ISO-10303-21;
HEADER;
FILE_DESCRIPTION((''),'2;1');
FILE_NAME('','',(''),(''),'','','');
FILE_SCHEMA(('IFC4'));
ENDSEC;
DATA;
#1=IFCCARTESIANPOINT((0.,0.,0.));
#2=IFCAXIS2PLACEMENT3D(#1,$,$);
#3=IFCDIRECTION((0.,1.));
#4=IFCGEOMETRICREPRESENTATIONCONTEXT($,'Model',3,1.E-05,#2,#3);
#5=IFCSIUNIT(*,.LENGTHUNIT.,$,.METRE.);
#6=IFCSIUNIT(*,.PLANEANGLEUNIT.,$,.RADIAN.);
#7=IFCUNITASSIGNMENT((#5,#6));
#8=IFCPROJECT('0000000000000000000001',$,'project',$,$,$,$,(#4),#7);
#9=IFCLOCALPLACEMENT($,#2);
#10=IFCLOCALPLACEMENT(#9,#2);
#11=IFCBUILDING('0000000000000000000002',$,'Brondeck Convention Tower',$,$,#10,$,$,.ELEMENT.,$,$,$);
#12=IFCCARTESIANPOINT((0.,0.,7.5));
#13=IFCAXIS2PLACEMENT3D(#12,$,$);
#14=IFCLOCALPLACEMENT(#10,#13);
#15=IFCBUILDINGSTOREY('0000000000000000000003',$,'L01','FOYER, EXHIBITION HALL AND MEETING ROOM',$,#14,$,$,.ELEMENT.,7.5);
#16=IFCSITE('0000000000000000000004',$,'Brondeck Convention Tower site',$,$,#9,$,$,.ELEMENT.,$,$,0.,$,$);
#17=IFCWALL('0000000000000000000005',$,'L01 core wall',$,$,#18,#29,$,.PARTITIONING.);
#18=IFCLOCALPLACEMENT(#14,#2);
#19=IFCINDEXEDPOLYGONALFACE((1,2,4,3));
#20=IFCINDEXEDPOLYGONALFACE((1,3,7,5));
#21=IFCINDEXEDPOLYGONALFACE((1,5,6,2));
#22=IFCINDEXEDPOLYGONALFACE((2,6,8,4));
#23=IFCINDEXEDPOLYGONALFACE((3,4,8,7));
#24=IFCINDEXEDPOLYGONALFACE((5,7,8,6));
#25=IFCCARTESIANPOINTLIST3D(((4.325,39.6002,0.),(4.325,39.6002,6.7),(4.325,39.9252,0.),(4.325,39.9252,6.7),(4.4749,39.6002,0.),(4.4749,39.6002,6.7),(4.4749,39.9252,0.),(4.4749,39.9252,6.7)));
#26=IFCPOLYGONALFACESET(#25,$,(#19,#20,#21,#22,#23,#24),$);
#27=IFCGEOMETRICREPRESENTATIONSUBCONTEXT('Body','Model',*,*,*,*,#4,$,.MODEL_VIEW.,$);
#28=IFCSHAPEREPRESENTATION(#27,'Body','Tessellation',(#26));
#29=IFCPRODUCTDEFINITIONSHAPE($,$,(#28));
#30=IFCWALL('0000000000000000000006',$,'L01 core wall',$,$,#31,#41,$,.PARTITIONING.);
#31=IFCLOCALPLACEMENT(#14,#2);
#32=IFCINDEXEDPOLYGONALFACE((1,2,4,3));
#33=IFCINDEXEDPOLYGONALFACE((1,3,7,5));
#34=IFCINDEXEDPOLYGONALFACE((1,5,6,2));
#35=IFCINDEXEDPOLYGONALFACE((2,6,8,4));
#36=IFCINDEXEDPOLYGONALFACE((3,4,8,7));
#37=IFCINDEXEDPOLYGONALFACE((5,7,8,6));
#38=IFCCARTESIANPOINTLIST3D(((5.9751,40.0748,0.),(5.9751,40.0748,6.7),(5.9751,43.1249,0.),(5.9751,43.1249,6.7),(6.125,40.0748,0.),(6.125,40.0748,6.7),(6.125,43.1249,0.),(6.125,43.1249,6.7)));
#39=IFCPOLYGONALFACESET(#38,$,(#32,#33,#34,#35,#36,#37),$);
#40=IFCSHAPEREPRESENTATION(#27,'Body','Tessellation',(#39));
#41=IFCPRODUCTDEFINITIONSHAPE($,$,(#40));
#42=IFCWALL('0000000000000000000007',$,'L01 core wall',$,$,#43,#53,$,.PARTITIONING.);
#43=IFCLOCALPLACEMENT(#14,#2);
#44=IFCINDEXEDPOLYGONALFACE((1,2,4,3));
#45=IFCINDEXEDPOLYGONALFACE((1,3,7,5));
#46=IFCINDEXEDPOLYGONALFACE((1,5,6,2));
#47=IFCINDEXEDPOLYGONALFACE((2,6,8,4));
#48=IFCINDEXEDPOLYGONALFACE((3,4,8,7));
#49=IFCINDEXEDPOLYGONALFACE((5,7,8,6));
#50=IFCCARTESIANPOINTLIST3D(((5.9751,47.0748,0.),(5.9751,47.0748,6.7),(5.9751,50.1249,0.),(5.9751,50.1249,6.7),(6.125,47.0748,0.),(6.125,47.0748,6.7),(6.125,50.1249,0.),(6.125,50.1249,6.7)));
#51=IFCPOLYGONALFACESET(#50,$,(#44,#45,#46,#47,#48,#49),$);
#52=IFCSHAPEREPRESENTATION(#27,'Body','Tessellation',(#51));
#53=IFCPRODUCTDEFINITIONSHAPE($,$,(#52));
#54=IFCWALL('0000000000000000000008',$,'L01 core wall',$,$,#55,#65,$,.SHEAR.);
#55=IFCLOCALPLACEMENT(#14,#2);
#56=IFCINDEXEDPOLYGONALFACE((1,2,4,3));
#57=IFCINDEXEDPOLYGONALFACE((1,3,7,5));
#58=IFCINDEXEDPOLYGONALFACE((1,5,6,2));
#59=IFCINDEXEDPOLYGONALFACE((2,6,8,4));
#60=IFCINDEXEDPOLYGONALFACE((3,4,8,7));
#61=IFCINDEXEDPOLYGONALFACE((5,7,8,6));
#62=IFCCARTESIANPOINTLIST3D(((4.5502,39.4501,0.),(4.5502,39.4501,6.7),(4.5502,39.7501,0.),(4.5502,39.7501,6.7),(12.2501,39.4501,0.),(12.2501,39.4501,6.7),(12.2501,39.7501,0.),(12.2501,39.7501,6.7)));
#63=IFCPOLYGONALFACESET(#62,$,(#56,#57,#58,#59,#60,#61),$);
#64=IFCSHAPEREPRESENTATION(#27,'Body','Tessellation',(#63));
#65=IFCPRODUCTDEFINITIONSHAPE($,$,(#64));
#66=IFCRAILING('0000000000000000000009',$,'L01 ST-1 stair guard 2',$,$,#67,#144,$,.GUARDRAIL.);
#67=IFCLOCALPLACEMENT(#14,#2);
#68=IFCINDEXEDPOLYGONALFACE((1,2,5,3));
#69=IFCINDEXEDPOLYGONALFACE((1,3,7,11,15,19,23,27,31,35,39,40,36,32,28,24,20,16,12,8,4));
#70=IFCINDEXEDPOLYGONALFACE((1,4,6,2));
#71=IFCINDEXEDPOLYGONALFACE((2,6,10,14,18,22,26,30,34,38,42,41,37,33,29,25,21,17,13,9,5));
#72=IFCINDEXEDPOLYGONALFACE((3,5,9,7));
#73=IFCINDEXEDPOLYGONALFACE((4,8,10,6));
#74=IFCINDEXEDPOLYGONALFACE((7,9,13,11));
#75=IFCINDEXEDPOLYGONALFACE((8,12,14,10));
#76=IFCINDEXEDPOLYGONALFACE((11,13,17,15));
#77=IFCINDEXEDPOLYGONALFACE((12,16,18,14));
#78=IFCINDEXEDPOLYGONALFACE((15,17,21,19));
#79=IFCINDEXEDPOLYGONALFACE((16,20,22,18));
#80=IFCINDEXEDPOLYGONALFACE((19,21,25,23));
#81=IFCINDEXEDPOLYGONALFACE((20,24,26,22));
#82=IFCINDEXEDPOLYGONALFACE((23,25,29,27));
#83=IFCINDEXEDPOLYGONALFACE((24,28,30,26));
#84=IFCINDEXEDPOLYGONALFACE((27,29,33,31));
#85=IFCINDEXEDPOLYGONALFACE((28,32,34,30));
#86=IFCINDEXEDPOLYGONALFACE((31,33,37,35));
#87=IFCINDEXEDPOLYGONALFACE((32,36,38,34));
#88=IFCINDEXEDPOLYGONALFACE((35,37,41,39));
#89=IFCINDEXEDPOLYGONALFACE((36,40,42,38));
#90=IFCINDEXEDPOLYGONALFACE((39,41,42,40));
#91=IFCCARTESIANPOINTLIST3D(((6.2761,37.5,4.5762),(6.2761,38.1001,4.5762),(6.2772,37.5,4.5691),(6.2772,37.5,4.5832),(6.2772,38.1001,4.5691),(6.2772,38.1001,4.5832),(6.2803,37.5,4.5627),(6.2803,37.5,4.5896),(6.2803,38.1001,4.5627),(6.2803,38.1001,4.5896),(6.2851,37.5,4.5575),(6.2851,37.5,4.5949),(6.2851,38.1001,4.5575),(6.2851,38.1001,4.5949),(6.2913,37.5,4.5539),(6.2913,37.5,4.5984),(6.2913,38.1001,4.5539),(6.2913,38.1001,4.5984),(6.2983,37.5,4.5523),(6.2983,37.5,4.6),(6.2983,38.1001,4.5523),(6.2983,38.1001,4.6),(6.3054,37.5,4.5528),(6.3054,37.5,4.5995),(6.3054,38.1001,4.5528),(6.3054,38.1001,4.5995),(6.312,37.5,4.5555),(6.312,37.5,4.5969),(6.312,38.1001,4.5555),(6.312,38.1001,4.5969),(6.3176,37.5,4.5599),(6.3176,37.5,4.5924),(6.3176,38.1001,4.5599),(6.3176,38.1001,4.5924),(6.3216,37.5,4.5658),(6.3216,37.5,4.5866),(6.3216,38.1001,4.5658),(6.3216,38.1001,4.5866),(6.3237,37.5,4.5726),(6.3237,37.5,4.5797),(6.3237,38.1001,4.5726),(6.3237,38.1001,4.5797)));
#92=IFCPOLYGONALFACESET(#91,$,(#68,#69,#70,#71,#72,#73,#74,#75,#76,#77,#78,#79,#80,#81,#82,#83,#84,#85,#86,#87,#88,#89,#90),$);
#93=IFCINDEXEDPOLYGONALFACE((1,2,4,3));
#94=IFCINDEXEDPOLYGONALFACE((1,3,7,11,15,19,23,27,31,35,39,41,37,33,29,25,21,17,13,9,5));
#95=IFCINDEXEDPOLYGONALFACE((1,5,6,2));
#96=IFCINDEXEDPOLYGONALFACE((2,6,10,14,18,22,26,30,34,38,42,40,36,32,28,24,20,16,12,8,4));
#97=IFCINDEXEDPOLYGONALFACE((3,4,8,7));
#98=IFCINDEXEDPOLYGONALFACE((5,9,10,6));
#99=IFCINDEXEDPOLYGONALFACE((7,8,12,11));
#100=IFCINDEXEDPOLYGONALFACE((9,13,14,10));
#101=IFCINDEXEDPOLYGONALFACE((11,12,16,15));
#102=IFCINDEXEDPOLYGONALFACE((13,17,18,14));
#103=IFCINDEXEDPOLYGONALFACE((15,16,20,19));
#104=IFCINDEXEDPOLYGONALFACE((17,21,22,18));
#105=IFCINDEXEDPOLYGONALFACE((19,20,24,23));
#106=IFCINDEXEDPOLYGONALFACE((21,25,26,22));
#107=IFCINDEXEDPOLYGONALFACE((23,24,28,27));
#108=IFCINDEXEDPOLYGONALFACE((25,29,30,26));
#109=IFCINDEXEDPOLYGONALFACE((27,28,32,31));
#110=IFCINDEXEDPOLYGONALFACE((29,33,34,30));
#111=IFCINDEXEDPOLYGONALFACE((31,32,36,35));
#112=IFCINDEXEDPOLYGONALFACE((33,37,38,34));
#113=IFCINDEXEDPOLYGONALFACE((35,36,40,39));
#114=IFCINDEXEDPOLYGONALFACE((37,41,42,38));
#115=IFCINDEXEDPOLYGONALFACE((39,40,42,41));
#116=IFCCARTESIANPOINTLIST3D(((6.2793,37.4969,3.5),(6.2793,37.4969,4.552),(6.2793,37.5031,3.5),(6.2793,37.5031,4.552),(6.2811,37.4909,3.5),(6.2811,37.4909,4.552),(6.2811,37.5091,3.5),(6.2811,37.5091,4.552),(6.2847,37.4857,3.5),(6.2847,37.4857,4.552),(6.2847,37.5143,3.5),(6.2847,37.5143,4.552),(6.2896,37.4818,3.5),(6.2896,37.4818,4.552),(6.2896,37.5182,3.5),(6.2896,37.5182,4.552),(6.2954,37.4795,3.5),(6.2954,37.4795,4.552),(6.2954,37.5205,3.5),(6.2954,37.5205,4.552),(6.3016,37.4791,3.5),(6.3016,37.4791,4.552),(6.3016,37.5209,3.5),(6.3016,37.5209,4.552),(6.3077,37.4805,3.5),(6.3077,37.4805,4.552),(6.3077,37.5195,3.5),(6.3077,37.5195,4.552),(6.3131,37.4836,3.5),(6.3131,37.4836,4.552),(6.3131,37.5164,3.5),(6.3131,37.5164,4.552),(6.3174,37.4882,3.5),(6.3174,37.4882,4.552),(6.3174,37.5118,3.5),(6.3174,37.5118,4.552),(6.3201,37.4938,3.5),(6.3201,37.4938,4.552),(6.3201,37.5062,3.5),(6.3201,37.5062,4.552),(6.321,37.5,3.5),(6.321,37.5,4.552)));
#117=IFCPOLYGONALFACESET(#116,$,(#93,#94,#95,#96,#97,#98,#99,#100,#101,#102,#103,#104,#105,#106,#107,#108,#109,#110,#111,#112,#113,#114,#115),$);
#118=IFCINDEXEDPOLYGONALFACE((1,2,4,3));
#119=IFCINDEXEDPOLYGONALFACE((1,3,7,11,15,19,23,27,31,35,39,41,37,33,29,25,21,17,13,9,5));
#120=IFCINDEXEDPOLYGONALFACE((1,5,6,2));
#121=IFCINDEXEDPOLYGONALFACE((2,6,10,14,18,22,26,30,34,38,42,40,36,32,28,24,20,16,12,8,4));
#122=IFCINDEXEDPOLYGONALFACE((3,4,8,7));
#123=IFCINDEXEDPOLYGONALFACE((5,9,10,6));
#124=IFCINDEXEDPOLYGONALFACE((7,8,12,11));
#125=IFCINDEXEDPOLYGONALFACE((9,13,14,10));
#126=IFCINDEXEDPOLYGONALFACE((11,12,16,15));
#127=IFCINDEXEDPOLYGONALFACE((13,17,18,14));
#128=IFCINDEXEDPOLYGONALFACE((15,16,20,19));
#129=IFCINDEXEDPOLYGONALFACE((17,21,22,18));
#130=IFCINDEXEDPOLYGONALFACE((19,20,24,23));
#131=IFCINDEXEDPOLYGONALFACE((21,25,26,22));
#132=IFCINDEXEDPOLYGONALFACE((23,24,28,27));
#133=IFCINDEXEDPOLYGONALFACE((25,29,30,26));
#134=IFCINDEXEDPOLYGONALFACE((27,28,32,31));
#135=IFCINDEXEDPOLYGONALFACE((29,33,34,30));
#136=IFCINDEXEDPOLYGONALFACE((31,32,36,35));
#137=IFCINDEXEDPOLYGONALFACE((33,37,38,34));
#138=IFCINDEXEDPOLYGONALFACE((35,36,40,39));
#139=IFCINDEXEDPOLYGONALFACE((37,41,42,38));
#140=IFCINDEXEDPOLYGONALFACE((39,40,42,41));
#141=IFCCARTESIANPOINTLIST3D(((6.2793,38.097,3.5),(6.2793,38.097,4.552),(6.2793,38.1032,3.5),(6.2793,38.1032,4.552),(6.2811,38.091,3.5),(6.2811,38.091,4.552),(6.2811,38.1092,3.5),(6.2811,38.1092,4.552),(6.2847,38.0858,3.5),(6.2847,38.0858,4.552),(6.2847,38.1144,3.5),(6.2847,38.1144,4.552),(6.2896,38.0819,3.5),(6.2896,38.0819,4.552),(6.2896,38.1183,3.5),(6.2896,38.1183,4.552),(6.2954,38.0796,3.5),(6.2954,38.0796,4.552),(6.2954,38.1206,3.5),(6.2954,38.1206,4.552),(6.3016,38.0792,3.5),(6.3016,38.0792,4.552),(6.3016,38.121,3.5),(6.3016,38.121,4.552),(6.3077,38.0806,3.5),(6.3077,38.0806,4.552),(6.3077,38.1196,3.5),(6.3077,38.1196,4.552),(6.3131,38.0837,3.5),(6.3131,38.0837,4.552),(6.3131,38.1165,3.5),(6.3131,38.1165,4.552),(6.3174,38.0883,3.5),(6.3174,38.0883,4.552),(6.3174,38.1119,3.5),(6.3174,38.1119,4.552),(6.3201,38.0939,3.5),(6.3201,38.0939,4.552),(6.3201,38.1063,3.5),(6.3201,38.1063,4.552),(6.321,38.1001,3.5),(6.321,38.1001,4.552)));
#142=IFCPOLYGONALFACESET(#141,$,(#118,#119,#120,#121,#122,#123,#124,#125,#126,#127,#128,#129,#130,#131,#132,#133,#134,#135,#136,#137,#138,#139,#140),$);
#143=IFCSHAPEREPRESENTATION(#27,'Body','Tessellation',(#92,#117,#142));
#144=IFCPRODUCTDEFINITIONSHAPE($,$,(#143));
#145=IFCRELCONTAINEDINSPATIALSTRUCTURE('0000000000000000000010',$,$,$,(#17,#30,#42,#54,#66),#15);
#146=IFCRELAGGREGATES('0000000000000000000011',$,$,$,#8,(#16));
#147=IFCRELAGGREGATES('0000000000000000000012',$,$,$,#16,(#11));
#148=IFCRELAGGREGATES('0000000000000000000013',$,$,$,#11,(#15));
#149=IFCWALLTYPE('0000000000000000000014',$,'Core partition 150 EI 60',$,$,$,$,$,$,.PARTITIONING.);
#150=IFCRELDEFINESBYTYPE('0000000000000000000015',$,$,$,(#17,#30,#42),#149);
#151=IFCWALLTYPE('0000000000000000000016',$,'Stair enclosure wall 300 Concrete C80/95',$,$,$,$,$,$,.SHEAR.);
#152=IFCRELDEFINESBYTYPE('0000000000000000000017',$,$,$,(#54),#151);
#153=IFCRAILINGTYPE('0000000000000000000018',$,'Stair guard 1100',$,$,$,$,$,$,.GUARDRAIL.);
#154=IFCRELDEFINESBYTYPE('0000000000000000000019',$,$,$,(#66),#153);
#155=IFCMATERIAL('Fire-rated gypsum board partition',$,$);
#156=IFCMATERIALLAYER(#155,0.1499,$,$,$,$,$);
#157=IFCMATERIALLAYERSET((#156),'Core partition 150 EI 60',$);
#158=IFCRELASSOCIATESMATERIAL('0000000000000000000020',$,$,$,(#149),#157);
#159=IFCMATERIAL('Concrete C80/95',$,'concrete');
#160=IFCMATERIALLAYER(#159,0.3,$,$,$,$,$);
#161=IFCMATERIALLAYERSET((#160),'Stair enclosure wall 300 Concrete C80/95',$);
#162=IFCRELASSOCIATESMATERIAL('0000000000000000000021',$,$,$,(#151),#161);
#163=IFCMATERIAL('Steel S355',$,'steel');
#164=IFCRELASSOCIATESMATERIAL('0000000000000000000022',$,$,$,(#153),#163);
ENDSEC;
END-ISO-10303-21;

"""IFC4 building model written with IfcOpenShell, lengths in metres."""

from ifc_helpers import new_model, si_unit, direction, frame, frame_2d, origin, origin_2d, place, context, subcontext, project, spatial, rectangle, circle, extrude, material, layer, layer_set, type_object, element, save


model = new_model("IFC4")

# Units and contexts
model_context = context("Model", 3, precision=1e-05, world=origin(), true_north=direction((0.0, 1.0)))
body_context = subcontext(model_context, "Body", "Model", "MODEL_VIEW")
ifc_project = project(units=[si_unit("LENGTHUNIT", "METRE"), si_unit("PLANEANGLEUNIT", "RADIAN")], contexts=[model_context])

# Site, building, storey
site_placement = place(None, origin())
site = spatial("IfcSite", under=ifc_project, at=site_placement, Name="Brondeck Convention Tower site", CompositionType="ELEMENT", RefElevation=0.0)
building_placement = place(site_placement, origin())
building = spatial("IfcBuilding", under=site, at=building_placement, Name="Brondeck Convention Tower", CompositionType="ELEMENT")
storey_placement = place(building_placement, frame((0.0, 0.0, 7.5)))
storey = spatial("IfcBuildingStorey", under=building, at=storey_placement, Name="L01", Description="FOYER, EXHIBITION HALL AND MEETING ROOM", CompositionType="ELEMENT", Elevation=7.5)

# Shared definitions
ifc_material_1 = material(Name="Concrete C80/95", Category="concrete")

# Shared definitions
ifc_material_2 = material(Name="Fire-rated gypsum board partition")
ifc_layer_1 = layer(ifc_material_2, 0.1499)
ifc_layer_set_1 = layer_set([ifc_layer_1], Name="Core partition 150 EI 60")
wall_type_1 = type_object("IfcWallType", Name="Core partition 150 EI 60", PredefinedType="PARTITIONING", material=ifc_layer_set_1)

# Walls
wall_1_placement = place(storey_placement, frame((4.3999, 39.6001, 0.0), z_axis=(0.0, 0.0, 1.0), x_axis=(0.0, 1.0, 0.0)))
element("IfcWall", 1, at=wall_1_placement, inside=storey, type_object=wall_type_1, Name="L01 core wall", PredefinedType="PARTITIONING", context=body_context, shape_type="SweptSolid", body=[
    extrude(rectangle(XDim=0.325, YDim=0.1499, at=frame_2d((0.1626, 0.0))), origin(), (0.0, 0.0, 1.0), 6.7),
])
for number, where, z_axis, x_axis, name in (
    (2, (6.05, 40.075, 0.0), (0.0, 0.0, 1.0), (0.0, 1.0, 0.0), "L01 core wall"),
    (3, (6.05, 47.075, 0.0), (0.0, 0.0, 1.0), (0.0, 1.0, 0.0), "L01 core wall"),
):
    element("IfcWall", number, at=place(storey_placement, frame(where, z_axis=z_axis, x_axis=x_axis)), inside=storey, type_object=wall_type_1, Name=name, PredefinedType="PARTITIONING", context=body_context, shape_type="SweptSolid", body=[
        extrude(rectangle(XDim=3.05, YDim=0.1499, at=frame_2d((1.5249, 0.0))), origin(), (0.0, 0.0, 1.0), 6.7),
    ])
ifc_layer_2 = layer(ifc_material_1, 0.3)
ifc_layer_set_2 = layer_set([ifc_layer_2], Name="Stair enclosure wall 300 Concrete C80/95")
wall_type_2 = type_object("IfcWallType", Name="Stair enclosure wall 300 Concrete C80/95", PredefinedType="SHEAR", material=ifc_layer_set_2)
wall_2_placement = place(storey_placement, frame((4.55, 39.6001, 0.0), z_axis=(0.0, 0.0, 1.0), x_axis=(1.0, 0.0, 0.0)))
element("IfcWall", 4, at=wall_2_placement, inside=storey, type_object=wall_type_2, Name="L01 core wall", PredefinedType="SHEAR", context=body_context, shape_type="SweptSolid", body=[
    extrude(rectangle(XDim=7.7, YDim=0.3, at=frame_2d((3.8501, 0.0))), origin(), (0.0, 0.0, 1.0), 6.7),
])

# Railing
ifc_material_3 = material(Name="Steel S355", Category="steel")
railing_type = type_object("IfcRailingType", Name="Stair guard 1100", PredefinedType="GUARDRAIL", material=ifc_material_3)
railing_1_placement = place(storey_placement, frame((6.3, 37.5, 3.5)))
element("IfcRailing", 5, at=railing_1_placement, inside=storey, type_object=railing_type, Name="L01 ST-1 stair guard 2", PredefinedType="GUARDRAIL", context=body_context, shape_type="SweptSolid", body=[
    extrude(circle(Radius=0.0239, at=origin_2d()), frame((0.0, 0.0, 1.0762), z_axis=(0.0, 1.0, 0.0), x_axis=(-1.0, 0.0, 0.0)), (0.0, 0.0, 1.0), 0.6001),
    extrude(circle(Radius=0.021, at=origin_2d()), origin(), (0.0, 0.0, 1.0), 1.052),
    extrude(circle(Radius=0.021, at=origin_2d()), frame((0.0, 0.6001, 0.0)), (0.0, 0.0, 1.0), 1.052),
])

save(model, "model.ifc")
